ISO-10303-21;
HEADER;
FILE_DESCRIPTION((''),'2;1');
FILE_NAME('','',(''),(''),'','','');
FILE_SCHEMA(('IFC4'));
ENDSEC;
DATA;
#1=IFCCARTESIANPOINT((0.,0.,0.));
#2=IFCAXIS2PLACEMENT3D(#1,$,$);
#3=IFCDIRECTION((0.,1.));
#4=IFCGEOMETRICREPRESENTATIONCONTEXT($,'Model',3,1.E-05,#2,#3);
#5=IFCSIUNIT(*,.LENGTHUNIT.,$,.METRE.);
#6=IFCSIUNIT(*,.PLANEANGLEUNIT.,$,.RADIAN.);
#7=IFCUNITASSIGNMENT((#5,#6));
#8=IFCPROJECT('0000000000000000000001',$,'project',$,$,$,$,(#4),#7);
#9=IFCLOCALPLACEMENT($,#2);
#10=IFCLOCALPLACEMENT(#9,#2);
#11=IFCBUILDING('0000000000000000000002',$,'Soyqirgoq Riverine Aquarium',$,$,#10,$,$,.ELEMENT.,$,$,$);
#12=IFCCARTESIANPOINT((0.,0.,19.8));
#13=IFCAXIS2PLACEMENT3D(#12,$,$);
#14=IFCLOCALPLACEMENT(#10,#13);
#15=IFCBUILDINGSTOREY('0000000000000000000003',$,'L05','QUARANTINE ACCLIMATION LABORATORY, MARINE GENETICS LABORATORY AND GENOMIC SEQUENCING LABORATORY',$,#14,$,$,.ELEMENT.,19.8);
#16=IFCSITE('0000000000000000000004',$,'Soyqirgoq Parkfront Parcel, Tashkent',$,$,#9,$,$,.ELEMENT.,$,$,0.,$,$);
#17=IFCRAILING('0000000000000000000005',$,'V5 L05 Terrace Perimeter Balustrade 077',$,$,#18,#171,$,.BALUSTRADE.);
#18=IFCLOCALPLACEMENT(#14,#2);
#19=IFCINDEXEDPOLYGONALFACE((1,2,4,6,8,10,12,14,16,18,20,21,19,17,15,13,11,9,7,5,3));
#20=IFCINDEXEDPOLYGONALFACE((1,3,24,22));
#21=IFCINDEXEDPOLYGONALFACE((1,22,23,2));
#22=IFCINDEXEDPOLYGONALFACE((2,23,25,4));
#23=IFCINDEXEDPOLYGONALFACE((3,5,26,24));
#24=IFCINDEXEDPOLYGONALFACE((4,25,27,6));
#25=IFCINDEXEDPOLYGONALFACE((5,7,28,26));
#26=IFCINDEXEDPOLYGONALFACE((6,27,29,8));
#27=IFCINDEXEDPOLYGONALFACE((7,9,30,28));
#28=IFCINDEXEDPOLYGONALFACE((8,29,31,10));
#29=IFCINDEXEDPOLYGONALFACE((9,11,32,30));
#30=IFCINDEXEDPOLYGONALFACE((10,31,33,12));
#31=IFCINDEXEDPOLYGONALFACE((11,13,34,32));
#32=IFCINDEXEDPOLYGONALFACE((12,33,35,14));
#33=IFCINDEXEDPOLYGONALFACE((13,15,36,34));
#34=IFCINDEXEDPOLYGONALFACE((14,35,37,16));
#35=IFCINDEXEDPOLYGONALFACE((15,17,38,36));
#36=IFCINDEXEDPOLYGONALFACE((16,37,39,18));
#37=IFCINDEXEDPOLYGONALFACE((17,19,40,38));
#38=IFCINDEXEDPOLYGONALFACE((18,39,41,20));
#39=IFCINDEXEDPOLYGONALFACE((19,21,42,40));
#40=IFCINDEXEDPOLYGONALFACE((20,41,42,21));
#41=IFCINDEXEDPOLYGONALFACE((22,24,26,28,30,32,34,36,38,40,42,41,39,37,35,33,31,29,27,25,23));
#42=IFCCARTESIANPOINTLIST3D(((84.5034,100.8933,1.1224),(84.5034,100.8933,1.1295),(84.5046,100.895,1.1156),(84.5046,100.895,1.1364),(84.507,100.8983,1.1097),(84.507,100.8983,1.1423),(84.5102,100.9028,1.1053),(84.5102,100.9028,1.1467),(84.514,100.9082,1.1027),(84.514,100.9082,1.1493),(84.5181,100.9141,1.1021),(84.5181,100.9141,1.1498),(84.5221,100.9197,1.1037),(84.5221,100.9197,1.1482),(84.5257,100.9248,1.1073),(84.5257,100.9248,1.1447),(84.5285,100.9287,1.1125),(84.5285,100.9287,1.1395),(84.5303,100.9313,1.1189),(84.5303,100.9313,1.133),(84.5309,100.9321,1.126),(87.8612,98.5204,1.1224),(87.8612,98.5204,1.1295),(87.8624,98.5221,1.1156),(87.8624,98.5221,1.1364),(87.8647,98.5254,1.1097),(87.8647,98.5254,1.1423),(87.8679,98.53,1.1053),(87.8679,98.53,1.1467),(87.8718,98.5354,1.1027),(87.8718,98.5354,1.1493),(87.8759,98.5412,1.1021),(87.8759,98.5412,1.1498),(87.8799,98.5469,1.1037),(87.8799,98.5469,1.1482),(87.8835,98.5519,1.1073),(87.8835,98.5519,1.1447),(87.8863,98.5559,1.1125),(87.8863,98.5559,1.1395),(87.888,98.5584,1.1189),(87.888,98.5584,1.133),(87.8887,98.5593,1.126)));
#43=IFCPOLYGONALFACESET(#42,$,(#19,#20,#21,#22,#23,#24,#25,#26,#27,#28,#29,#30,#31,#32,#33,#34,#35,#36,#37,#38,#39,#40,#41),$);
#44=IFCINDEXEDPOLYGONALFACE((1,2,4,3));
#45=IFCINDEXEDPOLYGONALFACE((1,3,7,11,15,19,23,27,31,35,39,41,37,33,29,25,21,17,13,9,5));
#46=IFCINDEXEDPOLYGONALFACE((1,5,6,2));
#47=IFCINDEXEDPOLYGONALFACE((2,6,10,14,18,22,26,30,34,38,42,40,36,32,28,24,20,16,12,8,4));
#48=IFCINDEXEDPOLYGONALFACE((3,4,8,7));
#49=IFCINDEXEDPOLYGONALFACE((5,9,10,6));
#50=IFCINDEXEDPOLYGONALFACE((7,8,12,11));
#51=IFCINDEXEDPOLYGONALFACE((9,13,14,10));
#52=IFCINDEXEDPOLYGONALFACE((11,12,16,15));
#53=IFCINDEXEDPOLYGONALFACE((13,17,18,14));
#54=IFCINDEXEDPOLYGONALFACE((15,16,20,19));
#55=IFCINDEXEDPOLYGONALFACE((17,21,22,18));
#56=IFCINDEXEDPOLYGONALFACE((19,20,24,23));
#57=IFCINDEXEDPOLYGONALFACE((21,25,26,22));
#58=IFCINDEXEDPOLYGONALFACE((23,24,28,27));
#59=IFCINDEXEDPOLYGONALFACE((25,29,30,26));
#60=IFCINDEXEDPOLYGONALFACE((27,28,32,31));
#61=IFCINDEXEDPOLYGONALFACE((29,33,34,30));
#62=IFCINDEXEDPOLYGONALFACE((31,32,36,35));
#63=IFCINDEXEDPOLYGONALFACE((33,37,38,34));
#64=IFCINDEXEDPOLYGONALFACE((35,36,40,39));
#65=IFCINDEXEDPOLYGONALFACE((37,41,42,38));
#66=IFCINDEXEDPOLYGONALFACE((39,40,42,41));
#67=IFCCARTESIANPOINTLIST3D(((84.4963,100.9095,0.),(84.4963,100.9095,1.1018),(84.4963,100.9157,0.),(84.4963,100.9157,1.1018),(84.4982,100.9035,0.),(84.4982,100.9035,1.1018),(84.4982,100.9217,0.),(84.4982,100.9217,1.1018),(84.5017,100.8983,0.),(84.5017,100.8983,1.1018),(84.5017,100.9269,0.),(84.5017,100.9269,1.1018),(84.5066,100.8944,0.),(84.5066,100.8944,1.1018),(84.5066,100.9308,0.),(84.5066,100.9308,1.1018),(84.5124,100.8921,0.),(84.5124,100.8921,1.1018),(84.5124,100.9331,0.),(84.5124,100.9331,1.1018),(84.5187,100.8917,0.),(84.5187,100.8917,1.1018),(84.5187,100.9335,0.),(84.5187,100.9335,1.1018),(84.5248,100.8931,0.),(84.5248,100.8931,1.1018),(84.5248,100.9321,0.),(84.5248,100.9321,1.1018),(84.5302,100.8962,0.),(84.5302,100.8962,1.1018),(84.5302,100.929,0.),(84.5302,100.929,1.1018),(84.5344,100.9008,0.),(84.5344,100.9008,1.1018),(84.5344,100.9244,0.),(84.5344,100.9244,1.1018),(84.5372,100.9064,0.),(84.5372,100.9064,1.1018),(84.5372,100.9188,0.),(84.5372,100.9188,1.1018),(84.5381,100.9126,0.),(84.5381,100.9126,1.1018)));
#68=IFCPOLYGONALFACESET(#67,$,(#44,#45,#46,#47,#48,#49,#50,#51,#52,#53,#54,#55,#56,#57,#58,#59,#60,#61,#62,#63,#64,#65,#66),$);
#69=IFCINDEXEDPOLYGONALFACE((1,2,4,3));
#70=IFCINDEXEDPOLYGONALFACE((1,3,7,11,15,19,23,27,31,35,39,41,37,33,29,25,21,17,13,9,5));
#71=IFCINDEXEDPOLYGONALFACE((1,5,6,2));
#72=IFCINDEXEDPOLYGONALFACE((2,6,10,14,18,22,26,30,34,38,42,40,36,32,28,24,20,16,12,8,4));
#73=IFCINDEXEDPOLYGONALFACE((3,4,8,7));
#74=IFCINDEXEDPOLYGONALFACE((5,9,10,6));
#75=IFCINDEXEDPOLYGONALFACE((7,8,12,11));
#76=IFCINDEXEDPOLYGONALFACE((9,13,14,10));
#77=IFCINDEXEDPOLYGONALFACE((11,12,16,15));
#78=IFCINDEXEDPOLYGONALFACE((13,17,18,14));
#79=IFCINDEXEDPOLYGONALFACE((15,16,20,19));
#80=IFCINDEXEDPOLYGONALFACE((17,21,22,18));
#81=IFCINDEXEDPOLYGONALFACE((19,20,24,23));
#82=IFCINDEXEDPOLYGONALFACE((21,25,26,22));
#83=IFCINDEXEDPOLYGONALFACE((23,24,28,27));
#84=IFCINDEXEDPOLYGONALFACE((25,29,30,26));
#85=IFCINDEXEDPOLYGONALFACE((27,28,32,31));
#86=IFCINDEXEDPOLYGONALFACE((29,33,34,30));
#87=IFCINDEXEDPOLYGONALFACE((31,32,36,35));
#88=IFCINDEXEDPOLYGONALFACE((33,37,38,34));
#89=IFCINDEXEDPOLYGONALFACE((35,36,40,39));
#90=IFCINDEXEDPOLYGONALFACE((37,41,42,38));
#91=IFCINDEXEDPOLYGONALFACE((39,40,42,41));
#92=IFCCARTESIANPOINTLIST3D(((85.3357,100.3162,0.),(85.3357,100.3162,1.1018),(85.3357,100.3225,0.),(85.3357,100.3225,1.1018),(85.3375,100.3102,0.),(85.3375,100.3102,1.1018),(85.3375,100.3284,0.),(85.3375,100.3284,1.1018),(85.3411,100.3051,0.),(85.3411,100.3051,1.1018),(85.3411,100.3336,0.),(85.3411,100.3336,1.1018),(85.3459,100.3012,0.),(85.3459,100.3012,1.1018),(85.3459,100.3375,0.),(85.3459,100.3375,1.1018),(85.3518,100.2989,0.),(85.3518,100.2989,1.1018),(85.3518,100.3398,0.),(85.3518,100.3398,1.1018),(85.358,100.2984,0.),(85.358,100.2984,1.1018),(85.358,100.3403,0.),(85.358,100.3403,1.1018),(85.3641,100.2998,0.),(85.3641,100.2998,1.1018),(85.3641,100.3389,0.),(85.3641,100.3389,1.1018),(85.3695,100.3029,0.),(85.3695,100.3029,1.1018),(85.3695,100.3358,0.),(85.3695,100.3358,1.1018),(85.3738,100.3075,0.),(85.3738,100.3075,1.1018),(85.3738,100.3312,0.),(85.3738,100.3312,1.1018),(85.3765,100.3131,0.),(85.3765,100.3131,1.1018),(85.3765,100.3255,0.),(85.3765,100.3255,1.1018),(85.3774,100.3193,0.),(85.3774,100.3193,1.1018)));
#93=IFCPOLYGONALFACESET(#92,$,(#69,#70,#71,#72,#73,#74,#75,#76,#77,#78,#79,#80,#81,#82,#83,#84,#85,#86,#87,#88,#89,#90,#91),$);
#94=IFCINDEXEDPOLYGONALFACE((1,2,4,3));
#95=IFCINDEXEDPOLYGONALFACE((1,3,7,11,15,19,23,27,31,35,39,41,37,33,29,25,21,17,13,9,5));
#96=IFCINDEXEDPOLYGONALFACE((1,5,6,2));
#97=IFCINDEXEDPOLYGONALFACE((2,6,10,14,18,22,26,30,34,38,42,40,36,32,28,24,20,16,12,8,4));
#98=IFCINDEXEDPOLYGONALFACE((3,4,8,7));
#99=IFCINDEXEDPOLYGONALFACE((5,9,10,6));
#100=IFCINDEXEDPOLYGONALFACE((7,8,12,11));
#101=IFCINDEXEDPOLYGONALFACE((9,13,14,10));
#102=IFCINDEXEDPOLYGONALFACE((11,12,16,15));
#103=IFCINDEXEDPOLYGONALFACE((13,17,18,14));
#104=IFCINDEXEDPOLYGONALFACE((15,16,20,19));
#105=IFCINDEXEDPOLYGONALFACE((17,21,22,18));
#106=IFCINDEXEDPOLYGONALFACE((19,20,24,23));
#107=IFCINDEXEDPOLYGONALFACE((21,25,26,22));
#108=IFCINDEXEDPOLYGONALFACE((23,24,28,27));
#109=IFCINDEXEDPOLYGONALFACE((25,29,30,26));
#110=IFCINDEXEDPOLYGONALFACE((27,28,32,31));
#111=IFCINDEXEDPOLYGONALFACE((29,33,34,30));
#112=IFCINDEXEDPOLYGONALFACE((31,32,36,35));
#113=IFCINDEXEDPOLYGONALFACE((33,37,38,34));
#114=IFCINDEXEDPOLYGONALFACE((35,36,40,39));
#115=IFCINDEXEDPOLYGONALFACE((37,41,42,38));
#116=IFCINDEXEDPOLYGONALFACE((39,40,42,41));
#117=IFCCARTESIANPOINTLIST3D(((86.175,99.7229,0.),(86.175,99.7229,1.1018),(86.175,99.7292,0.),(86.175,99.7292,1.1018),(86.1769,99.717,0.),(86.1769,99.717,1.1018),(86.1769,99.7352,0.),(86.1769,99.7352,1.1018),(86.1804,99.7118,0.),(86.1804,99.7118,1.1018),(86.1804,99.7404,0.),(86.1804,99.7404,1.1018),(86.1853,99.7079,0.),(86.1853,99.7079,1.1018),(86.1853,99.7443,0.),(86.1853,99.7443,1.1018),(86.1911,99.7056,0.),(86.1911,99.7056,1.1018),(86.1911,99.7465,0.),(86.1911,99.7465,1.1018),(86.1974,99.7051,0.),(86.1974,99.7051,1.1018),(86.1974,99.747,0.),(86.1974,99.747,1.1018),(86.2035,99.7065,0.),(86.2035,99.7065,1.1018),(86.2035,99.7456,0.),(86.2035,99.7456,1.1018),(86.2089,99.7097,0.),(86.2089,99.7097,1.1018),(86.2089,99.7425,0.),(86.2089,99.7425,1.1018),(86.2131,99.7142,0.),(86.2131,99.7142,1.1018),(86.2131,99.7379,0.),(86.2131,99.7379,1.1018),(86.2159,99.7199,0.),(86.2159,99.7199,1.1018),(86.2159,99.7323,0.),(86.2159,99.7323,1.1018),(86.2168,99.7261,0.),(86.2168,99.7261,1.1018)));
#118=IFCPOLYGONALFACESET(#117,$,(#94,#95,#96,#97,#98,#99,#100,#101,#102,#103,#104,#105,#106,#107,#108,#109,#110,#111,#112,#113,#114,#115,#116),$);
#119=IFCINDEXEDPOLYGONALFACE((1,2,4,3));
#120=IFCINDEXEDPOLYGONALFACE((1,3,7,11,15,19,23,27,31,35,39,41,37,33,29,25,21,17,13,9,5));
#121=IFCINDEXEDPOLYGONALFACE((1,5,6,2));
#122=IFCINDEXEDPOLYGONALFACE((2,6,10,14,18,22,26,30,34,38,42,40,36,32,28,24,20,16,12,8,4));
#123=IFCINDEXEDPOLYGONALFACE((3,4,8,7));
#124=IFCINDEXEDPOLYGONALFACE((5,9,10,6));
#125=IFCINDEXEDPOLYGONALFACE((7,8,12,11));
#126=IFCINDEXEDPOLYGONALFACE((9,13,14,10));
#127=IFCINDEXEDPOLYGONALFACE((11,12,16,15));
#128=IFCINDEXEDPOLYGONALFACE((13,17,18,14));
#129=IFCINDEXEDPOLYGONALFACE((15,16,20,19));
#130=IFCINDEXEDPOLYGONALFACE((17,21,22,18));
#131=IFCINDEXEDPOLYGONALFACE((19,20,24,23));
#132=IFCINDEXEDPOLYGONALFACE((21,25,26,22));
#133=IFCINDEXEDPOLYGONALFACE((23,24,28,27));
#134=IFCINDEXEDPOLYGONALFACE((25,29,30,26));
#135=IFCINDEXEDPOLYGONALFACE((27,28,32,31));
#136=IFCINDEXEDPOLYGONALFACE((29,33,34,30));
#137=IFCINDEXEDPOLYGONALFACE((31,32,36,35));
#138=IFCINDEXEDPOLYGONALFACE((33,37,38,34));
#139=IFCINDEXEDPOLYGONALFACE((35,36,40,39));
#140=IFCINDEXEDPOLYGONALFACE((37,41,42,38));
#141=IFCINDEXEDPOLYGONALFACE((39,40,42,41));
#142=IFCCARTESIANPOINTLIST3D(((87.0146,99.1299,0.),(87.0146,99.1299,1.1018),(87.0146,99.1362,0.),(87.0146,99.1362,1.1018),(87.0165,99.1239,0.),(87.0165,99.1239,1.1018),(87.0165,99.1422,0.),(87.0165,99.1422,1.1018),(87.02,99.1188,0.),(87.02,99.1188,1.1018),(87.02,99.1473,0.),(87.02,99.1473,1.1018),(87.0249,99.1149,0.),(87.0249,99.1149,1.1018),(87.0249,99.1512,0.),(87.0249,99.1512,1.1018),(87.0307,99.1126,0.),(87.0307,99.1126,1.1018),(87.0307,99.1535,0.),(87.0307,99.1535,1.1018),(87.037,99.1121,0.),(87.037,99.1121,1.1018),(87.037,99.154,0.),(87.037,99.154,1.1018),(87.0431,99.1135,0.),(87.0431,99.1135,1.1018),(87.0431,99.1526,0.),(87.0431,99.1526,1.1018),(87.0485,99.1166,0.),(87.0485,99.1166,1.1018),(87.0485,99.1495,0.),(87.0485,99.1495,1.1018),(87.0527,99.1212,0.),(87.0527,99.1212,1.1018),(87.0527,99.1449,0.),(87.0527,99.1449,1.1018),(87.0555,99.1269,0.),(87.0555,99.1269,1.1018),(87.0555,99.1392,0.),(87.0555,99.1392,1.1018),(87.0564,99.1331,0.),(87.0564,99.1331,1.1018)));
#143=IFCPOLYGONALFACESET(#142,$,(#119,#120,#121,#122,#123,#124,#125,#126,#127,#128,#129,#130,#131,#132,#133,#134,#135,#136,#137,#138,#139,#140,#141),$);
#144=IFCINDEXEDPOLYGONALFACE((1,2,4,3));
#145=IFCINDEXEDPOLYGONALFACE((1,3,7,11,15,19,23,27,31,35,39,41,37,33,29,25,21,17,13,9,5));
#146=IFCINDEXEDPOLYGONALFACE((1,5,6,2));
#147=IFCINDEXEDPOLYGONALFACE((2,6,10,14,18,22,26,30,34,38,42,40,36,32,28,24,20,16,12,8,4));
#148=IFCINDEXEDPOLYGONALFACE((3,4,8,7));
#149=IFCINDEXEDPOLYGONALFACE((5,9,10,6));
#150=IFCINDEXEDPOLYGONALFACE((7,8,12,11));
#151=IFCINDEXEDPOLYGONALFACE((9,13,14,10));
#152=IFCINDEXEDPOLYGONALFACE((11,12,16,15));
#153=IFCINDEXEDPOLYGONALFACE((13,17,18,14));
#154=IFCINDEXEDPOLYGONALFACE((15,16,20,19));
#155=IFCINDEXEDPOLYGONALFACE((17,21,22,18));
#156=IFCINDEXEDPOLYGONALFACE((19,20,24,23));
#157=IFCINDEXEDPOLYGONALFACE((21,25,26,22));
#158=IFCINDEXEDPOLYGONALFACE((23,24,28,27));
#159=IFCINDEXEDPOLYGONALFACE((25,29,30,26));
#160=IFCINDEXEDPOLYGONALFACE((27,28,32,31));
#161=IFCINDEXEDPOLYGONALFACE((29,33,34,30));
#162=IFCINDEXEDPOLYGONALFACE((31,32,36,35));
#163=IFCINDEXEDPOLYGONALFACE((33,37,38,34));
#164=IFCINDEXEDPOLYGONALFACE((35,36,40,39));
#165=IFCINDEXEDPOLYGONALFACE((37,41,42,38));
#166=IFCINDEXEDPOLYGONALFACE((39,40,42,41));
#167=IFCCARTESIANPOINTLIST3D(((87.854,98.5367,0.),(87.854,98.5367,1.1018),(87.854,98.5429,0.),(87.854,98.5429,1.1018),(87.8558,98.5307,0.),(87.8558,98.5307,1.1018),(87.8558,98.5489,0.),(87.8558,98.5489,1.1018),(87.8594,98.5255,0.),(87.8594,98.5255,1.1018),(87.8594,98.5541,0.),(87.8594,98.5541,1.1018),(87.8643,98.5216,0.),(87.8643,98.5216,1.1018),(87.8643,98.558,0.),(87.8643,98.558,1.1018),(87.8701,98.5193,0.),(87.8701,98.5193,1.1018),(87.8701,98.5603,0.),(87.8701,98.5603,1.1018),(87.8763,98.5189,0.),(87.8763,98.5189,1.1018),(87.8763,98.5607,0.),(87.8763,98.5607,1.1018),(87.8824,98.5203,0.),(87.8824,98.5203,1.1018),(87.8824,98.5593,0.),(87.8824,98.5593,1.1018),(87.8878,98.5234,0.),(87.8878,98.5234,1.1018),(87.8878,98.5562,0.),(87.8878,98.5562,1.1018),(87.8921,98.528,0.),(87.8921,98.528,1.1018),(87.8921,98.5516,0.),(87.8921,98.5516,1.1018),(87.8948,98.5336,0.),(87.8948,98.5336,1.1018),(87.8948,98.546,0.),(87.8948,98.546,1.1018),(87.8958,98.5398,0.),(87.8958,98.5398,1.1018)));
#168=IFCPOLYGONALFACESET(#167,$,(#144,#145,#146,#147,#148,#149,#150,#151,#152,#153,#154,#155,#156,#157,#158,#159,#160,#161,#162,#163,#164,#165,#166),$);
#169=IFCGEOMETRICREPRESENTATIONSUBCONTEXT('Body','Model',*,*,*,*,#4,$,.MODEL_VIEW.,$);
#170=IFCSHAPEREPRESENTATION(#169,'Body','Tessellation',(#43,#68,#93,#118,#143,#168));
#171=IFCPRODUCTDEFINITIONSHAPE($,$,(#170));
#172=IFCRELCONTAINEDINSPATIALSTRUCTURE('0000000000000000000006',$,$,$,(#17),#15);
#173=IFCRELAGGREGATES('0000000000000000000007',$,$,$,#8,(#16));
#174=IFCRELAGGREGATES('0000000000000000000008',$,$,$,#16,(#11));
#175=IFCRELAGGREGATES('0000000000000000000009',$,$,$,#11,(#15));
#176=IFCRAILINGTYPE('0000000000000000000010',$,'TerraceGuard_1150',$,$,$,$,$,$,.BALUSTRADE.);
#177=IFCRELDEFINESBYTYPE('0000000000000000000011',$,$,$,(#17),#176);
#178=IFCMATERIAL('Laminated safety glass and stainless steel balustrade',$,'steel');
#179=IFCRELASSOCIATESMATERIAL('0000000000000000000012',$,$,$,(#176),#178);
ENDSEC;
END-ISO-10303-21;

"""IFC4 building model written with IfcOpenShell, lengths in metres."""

from ifc_helpers import new_model, si_unit, direction, frame, origin, origin_2d, place, context, subcontext, project, spatial, circle, extrude, material, type_object, element, save


model = new_model("IFC4")

# Units and contexts
model_context = context("Model", 3, precision=1e-05, world=origin(), true_north=direction((0.0, 1.0)))
body_context = subcontext(model_context, "Body", "Model", "MODEL_VIEW")
ifc_project = project(units=[si_unit("LENGTHUNIT", "METRE"), si_unit("PLANEANGLEUNIT", "RADIAN")], contexts=[model_context])

# Site, building, storey
site_placement = place(None, origin())
site = spatial("IfcSite", under=ifc_project, at=site_placement, Name="Soyqirgoq Parkfront Parcel, Tashkent", CompositionType="ELEMENT", RefElevation=0.0)
building_placement = place(site_placement, origin())
building = spatial("IfcBuilding", under=site, at=building_placement, Name="Soyqirgoq Riverine Aquarium", CompositionType="ELEMENT")
storey_placement = place(building_placement, frame((0.0, 0.0, 19.8)))
storey = spatial("IfcBuildingStorey", under=building, at=storey_placement, Name="L05", Description="QUARANTINE ACCLIMATION LABORATORY, MARINE GENETICS LABORATORY AND GENOMIC SEQUENCING LABORATORY", CompositionType="ELEMENT", Elevation=19.8)

# Railing
ifc_material_1 = material(Name="Laminated safety glass and stainless steel balustrade", Category="steel")
railing_type = type_object("IfcRailingType", Name="TerraceGuard_1150", PredefinedType="BALUSTRADE", material=ifc_material_1)
railing_1_placement = place(storey_placement, frame((84.5171, 100.9126, 0.0)))
element("IfcRailing", 1, at=railing_1_placement, inside=storey, type_object=railing_type, Name="V5 L05 Terrace Perimeter Balustrade 077", PredefinedType="BALUSTRADE", context=body_context, shape_type="SweptSolid", body=[
    extrude(circle(Radius=0.0239, at=origin_2d()), frame((0.0, 0.0, 1.126), z_axis=(0.81666, -0.577119, 0.0), x_axis=(0.577119, 0.81666, 0.0)), (0.0, 0.0, 1.0), 4.1116),
    extrude(circle(Radius=0.021, at=origin_2d()), origin(), (0.0, 0.0, 1.0), 1.1018),
    extrude(circle(Radius=0.021, at=origin_2d()), frame((0.8394, -0.5933, 0.0)), (0.0, 0.0, 1.0), 1.1018),
    extrude(circle(Radius=0.021, at=origin_2d()), frame((1.6787, -1.1865, 0.0)), (0.0, 0.0, 1.0), 1.1018),
    extrude(circle(Radius=0.021, at=origin_2d()), frame((2.5183, -1.7795, 0.0)), (0.0, 0.0, 1.0), 1.1018),
    extrude(circle(Radius=0.021, at=origin_2d()), frame((3.3577, -2.3728, 0.0)), (0.0, 0.0, 1.0), 1.1018),
])

save(model, "model.ifc")
